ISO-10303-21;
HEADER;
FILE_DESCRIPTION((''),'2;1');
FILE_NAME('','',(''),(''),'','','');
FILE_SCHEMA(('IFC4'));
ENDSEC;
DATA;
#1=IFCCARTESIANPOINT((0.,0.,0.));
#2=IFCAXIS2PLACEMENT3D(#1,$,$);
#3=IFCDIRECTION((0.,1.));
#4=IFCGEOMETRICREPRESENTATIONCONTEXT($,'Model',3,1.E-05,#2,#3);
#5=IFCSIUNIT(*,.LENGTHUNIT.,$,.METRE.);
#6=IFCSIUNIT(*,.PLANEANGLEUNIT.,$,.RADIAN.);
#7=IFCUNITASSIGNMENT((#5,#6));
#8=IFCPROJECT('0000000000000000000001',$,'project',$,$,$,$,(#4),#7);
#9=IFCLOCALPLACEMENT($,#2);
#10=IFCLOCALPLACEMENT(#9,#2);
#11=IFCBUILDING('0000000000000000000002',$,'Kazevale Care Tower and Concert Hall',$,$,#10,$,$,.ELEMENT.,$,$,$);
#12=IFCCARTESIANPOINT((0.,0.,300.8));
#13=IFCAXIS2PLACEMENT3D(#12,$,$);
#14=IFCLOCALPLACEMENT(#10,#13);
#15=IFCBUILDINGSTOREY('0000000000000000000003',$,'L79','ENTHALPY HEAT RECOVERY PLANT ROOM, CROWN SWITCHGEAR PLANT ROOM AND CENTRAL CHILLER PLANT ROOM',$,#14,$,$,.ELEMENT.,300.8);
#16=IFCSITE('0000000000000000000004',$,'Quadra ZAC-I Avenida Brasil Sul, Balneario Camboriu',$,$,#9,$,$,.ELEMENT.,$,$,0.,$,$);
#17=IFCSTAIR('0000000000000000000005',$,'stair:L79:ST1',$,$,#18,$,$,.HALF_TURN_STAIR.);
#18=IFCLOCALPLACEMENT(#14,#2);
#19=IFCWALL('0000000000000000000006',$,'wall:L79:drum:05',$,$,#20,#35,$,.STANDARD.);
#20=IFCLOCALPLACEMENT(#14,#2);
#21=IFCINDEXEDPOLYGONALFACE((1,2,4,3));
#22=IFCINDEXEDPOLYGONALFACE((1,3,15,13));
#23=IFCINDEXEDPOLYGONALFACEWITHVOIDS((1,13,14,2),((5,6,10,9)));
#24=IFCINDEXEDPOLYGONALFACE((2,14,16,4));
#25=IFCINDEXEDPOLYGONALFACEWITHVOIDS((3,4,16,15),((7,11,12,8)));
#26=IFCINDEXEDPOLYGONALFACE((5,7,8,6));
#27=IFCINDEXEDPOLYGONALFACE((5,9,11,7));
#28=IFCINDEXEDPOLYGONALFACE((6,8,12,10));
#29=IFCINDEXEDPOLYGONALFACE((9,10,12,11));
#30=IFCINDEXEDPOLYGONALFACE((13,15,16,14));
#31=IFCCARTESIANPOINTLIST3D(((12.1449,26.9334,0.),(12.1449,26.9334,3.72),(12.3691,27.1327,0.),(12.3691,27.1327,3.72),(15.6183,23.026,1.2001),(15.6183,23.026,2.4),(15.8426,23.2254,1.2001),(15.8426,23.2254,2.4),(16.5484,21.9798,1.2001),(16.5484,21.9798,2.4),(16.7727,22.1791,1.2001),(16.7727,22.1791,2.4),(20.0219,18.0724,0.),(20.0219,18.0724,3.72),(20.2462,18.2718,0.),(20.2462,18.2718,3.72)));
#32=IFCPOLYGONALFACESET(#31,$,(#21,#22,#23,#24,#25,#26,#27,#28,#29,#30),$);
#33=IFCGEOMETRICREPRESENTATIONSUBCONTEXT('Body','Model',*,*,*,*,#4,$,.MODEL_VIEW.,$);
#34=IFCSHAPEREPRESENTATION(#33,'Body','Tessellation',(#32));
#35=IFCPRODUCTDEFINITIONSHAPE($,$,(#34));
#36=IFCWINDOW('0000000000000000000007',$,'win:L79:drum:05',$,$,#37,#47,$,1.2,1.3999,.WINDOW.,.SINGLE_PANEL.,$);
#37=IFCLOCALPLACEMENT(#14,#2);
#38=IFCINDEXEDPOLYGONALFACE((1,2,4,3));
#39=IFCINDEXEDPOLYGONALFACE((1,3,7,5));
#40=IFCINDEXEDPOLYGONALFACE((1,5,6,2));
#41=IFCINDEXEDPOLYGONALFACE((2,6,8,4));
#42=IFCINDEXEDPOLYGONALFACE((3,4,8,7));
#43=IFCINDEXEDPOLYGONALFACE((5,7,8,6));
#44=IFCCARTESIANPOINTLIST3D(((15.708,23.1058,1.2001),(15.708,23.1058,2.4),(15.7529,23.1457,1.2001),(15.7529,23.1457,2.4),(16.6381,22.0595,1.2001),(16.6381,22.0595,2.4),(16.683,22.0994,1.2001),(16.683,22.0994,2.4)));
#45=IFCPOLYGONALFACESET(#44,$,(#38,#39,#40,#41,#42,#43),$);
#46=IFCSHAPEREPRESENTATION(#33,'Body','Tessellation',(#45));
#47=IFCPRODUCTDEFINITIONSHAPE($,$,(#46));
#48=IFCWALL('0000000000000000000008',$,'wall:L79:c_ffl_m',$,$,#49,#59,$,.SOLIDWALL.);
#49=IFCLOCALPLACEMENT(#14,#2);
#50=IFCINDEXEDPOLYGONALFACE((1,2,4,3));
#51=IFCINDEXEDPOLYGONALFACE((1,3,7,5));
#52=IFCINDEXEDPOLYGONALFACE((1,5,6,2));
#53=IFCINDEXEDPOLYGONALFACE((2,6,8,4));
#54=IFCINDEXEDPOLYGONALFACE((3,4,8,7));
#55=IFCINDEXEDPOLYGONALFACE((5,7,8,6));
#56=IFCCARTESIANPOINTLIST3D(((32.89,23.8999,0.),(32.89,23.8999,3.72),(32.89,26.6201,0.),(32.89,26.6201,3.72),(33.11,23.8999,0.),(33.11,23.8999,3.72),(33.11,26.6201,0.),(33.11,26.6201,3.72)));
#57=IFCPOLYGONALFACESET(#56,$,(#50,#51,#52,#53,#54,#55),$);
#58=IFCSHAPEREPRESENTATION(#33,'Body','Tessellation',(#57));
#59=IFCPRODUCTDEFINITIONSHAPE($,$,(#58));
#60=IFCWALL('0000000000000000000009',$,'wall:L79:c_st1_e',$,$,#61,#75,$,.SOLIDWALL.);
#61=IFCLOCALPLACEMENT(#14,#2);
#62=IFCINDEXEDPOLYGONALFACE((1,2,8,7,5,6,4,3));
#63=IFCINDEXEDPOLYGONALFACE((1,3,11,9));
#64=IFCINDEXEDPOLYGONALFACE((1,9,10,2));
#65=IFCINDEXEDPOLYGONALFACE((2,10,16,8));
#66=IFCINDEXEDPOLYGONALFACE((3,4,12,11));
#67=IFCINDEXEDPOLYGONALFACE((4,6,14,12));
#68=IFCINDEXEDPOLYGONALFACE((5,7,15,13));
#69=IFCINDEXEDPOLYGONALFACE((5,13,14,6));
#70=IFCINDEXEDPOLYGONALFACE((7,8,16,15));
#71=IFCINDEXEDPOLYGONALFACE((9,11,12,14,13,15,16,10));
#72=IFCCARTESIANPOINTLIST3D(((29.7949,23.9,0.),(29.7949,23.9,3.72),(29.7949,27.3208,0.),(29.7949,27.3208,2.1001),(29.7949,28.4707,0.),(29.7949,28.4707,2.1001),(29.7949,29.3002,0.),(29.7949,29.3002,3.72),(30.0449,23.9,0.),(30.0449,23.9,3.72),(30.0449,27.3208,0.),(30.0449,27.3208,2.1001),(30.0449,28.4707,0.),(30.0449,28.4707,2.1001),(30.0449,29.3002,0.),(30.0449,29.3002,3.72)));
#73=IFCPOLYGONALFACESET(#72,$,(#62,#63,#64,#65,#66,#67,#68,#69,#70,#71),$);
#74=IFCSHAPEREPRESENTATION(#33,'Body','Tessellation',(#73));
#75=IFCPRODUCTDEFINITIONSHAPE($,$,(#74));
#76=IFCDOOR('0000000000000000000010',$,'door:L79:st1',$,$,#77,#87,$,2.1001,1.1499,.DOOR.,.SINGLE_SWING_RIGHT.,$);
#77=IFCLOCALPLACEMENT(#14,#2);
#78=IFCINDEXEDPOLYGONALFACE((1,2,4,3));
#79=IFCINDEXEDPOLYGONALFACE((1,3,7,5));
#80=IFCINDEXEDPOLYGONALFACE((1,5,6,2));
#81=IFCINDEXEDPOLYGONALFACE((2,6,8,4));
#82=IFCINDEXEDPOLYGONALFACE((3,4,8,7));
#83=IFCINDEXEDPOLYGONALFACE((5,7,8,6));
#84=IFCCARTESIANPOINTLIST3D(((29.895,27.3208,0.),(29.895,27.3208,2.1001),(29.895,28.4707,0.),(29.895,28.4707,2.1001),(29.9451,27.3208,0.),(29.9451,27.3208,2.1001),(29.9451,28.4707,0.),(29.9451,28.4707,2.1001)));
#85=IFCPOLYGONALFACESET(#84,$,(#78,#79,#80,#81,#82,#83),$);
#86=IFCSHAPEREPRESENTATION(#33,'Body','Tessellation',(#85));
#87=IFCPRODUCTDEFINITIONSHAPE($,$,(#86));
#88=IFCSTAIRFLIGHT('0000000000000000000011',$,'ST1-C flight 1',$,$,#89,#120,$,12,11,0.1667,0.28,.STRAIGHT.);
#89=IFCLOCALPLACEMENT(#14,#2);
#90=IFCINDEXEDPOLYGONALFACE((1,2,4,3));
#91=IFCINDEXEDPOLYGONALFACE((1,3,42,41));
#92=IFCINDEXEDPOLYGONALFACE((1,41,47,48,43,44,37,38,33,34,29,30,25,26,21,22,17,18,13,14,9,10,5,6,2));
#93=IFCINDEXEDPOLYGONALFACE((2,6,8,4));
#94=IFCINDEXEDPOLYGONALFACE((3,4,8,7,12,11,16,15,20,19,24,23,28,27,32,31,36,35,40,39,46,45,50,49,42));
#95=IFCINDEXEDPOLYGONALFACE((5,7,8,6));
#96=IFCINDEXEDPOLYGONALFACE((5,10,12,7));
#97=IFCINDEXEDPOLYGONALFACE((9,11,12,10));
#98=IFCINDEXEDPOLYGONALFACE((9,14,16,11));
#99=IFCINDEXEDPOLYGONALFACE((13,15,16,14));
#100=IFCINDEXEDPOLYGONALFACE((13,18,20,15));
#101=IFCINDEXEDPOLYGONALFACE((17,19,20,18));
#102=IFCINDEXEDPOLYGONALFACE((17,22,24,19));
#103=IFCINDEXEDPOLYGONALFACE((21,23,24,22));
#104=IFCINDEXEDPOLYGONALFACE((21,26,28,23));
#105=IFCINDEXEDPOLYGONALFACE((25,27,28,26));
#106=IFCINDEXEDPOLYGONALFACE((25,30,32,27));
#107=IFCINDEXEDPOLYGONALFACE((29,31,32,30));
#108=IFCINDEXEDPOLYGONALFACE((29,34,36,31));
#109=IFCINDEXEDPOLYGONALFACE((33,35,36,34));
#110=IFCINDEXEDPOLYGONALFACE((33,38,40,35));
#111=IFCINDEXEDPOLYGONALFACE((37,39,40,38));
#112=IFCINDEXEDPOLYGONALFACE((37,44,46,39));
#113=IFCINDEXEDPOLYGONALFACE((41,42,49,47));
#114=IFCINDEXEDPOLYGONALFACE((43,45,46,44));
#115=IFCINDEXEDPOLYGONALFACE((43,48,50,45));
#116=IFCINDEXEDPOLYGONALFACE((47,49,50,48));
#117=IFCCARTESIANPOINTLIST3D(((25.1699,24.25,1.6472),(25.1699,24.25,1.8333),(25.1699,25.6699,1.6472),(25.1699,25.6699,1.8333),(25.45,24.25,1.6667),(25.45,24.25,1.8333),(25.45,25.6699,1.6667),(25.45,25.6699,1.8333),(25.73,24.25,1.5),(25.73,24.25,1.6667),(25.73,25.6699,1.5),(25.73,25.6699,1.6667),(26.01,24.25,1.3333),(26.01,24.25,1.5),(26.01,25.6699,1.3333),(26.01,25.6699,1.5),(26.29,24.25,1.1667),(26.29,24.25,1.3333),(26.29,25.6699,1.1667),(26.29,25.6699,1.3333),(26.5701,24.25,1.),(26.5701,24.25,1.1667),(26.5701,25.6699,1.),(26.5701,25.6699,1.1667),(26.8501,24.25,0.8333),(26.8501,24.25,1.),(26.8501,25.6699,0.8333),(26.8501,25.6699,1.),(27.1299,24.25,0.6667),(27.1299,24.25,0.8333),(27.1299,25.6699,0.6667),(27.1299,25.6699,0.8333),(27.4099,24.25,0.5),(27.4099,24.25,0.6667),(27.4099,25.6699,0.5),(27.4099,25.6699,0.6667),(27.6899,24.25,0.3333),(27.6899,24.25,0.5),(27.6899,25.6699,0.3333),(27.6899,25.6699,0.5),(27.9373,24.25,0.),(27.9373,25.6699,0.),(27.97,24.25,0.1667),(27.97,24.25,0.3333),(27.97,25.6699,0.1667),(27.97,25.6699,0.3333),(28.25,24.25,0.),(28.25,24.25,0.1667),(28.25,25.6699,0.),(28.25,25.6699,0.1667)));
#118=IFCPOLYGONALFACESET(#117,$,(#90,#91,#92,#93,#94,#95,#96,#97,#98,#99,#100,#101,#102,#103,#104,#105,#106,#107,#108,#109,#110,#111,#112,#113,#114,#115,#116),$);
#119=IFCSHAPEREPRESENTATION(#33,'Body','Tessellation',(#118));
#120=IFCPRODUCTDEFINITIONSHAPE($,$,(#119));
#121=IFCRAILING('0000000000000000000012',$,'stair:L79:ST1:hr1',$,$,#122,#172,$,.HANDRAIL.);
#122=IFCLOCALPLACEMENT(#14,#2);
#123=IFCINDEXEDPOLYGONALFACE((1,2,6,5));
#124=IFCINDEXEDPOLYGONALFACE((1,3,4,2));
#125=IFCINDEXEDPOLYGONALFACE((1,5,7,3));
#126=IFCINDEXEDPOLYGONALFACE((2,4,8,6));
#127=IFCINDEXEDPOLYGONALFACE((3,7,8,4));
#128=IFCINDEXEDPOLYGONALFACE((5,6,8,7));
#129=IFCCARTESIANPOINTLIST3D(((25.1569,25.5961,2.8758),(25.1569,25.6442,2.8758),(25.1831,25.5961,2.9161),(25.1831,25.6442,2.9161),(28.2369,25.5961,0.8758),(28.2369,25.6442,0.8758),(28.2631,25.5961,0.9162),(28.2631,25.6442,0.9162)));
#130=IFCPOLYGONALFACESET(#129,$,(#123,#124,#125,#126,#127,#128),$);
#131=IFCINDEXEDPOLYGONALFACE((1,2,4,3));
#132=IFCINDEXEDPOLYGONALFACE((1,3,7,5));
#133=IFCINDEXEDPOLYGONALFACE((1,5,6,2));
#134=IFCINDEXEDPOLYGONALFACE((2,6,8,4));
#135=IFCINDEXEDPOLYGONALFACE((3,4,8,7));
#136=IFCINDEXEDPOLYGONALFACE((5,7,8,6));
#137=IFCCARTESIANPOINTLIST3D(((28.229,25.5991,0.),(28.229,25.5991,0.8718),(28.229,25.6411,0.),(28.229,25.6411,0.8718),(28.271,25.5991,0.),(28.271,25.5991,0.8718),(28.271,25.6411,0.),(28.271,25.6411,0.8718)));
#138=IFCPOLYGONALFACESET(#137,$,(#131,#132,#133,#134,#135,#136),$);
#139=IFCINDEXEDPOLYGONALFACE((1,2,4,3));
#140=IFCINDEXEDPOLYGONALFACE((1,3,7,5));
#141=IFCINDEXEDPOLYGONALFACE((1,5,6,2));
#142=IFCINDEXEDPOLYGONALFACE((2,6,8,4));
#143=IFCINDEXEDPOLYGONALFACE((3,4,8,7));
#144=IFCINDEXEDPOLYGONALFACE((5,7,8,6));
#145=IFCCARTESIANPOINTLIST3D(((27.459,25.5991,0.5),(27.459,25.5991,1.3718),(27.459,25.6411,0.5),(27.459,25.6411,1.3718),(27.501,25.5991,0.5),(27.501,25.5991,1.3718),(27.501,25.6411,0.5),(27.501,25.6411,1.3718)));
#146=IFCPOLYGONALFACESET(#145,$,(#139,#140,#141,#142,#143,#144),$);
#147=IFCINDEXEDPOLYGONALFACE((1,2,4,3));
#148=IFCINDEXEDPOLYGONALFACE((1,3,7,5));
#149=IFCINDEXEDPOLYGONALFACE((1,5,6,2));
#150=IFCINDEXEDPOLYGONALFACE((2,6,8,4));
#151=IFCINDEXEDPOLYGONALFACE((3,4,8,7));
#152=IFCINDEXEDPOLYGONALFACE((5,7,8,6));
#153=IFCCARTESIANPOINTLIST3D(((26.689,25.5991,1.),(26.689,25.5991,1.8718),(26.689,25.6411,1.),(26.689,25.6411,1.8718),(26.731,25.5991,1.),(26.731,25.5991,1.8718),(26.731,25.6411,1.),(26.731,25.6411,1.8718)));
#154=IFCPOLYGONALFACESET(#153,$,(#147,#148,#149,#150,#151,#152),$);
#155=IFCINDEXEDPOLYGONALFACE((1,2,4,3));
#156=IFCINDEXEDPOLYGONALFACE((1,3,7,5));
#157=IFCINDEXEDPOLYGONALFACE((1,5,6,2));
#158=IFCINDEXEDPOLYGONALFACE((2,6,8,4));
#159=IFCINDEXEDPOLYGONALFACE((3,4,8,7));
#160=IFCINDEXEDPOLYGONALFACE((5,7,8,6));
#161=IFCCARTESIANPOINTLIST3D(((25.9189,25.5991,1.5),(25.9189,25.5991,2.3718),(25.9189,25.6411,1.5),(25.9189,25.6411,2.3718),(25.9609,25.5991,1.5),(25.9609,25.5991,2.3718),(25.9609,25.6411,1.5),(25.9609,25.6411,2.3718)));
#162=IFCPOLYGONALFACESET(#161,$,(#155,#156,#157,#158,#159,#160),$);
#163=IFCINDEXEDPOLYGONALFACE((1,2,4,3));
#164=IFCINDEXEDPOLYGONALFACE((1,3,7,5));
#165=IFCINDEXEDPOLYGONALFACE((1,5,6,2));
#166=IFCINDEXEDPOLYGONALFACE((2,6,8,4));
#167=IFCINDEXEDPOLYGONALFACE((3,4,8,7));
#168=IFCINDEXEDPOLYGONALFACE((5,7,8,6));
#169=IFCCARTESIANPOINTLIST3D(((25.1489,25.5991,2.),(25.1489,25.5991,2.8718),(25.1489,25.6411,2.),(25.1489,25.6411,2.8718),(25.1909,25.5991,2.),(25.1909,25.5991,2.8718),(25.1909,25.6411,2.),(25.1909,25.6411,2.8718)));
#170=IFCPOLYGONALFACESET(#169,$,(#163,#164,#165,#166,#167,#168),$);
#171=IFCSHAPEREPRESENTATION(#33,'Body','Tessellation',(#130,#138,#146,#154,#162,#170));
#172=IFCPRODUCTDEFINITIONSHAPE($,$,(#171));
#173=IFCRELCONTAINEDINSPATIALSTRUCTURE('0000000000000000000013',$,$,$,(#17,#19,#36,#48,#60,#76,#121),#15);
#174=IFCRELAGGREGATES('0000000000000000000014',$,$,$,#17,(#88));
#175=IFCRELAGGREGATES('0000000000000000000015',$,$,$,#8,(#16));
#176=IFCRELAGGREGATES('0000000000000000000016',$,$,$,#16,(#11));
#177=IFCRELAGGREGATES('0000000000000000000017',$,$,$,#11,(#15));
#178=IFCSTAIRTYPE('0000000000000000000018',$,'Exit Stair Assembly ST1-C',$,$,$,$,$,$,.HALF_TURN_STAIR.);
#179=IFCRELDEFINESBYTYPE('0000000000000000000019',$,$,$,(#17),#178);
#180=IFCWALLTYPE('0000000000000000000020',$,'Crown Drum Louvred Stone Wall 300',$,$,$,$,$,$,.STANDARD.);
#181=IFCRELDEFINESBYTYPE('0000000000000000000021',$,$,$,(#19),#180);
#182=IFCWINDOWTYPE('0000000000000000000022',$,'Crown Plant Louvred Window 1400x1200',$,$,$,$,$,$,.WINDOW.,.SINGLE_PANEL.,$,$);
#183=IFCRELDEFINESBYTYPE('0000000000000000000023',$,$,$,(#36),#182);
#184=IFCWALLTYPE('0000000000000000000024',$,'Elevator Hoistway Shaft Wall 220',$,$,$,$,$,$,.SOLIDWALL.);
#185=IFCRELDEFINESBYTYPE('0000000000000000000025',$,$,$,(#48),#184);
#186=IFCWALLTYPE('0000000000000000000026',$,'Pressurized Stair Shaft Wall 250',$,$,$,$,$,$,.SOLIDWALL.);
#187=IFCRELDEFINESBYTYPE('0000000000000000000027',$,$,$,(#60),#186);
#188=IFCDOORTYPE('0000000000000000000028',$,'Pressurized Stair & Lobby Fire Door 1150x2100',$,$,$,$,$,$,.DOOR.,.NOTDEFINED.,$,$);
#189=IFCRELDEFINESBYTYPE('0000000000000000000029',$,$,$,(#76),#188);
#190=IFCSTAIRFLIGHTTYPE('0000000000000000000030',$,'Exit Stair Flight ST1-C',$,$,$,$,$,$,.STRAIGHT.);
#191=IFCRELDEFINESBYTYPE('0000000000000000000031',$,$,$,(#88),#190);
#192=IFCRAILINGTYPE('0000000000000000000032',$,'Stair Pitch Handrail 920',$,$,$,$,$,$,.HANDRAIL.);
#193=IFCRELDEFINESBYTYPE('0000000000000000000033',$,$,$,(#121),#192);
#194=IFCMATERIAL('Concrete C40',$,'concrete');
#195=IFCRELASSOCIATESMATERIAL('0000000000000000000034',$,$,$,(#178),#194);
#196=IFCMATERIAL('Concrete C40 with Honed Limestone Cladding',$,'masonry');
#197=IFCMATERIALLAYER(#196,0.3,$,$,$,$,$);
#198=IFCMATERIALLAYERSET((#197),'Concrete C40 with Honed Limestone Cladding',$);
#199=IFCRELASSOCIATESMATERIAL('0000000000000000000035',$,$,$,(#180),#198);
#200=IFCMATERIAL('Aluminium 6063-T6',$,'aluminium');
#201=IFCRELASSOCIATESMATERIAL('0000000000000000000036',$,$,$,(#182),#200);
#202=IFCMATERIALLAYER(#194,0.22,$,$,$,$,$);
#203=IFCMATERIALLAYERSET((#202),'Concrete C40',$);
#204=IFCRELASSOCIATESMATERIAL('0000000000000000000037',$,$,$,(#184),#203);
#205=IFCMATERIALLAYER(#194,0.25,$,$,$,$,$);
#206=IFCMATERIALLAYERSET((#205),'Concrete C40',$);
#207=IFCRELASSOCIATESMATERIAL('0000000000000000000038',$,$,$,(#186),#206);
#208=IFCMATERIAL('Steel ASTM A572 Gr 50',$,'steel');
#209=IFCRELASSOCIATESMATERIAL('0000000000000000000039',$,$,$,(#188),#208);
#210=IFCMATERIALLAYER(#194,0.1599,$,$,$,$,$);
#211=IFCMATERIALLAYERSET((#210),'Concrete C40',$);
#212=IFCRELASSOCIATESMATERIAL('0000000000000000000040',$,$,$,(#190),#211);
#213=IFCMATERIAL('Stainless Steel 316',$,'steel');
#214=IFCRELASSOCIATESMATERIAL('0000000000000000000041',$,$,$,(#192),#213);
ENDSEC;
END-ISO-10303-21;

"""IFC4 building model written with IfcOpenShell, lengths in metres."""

from ifc_helpers import new_model, si_unit, direction, frame, frame_2d, origin, origin_2d, place, context, subcontext, project, spatial, polyline, rectangle, outline, extrude, material, layer, layer_set, type_object, element, fill, aggregate, save


model = new_model("IFC4")

# Units and contexts
model_context = context("Model", 3, precision=1e-05, world=origin(), true_north=direction((0.0, 1.0)))
body_context = subcontext(model_context, "Body", "Model", "MODEL_VIEW")
ifc_project = project(units=[si_unit("LENGTHUNIT", "METRE"), si_unit("PLANEANGLEUNIT", "RADIAN")], contexts=[model_context])

# Site, building, storey
site_placement = place(None, origin())
site = spatial("IfcSite", under=ifc_project, at=site_placement, Name="Quadra ZAC-I Avenida Brasil Sul, Balneario Camboriu", CompositionType="ELEMENT", RefElevation=0.0)
building_placement = place(site_placement, origin())
building = spatial("IfcBuilding", under=site, at=building_placement, Name="Kazevale Care Tower and Concert Hall", CompositionType="ELEMENT")
storey_placement = place(building_placement, frame((0.0, 0.0, 300.8)))
storey = spatial("IfcBuildingStorey", under=building, at=storey_placement, Name="L79", Description="ENTHALPY HEAT RECOVERY PLANT ROOM, CROWN SWITCHGEAR PLANT ROOM AND CENTRAL CHILLER PLANT ROOM", CompositionType="ELEMENT", Elevation=300.8)

# Shared definitions
ifc_material_1 = material(Name="Steel ASTM A572 Gr 50", Category="steel")

# Shared definitions
ifc_material_2 = material(Name="Concrete C40", Category="concrete")

# Stair
stair_type = type_object("IfcStairType", Name="Exit Stair Assembly ST1-C", PredefinedType="HALF_TURN_STAIR", material=ifc_material_2)
stair_1_placement = place(storey_placement, origin())
stair_1 = element("IfcStair", 1, at=stair_1_placement, inside=storey, type_object=stair_type, Name="stair:L79:ST1", PredefinedType="HALF_TURN_STAIR")

# Shared definitions
ifc_material_3 = material(Name="Concrete C40 with Honed Limestone Cladding", Category="masonry")
ifc_layer_1 = layer(ifc_material_3, 0.3)
ifc_layer_set_1 = layer_set([ifc_layer_1], Name="Concrete C40 with Honed Limestone Cladding")
wall_type_1 = type_object("IfcWallType", Name="Crown Drum Louvred Stone Wall 300", PredefinedType="STANDARD", material=ifc_layer_set_1)

# Wall, opening, window
wall_1_placement = place(storey_placement, frame((20.134, 18.1721, 0.0), z_axis=(0.0, 0.0, 1.0), x_axis=(-0.664395, 0.747382, 0.0)))
wall_1 = element("IfcWall", 2, at=wall_1_placement, inside=storey, type_object=wall_type_1, Name="wall:L79:drum:05", PredefinedType="STANDARD", context=body_context, shape_type="SweptSolid", body=[
    extrude(rectangle(XDim=11.856, YDim=0.3, at=frame_2d((5.928, 0.0))), origin(), (0.0, 0.0, 1.0), 3.72),
])
opening_1_placement = place(wall_1_placement, frame((5.228, 0.0, 1.2)))
opening_1 = element("IfcOpeningElement", 3, at=opening_1_placement, cuts=wall_1, PredefinedType="OPENING", context=body_context, shape_type="SweptSolid", body=[
    extrude(rectangle(XDim=1.3999, YDim=1.2, at=frame_2d((0.7, 0.6001))), frame((0.0, 0.1599, 0.0), z_axis=(0.0, -1.0, 0.0), x_axis=(1.0, 0.0, 0.0)), (0.0, 0.0, 1.0), 0.3201),
])
ifc_material_4 = material(Name="Aluminium 6063-T6", Category="aluminium")
window_type = type_object("IfcWindowType", Name="Crown Plant Louvred Window 1400x1200", PartitioningType="SINGLE_PANEL", PredefinedType="WINDOW", material=ifc_material_4)
window_placement = place(opening_1_placement, origin())
window = element("IfcWindow", 4, at=window_placement, inside=storey, type_object=window_type, Name="win:L79:drum:05", OverallHeight=1.2, OverallWidth=1.3999, PartitioningType="SINGLE_PANEL", PredefinedType="WINDOW", context=body_context, shape_type="SweptSolid", body=[
    extrude(rectangle(XDim=1.3999, YDim=1.2, at=frame_2d((0.7, 0.6001))), frame((0.0, 0.03, 0.0), z_axis=(0.0, -1.0, 0.0), x_axis=(1.0, 0.0, 0.0)), (0.0, 0.0, 1.0), 0.0601),
])
fill(opening_1, window)

# Wall
ifc_layer_2 = layer(ifc_material_2, 0.22)
ifc_layer_set_2 = layer_set([ifc_layer_2], Name="Concrete C40")
wall_type_2 = type_object("IfcWallType", Name="Elevator Hoistway Shaft Wall 220", PredefinedType="SOLIDWALL", material=ifc_layer_set_2)
wall_2_placement = place(storey_placement, frame((33.0, 23.8999, 0.0), z_axis=(0.0, 0.0, 1.0), x_axis=(0.0, 1.0, 0.0)))
element("IfcWall", 5, at=wall_2_placement, inside=storey, type_object=wall_type_2, Name="wall:L79:c_ffl_m", PredefinedType="SOLIDWALL", context=body_context, shape_type="SweptSolid", body=[
    extrude(rectangle(XDim=2.7202, YDim=0.22, at=frame_2d((1.3601, 0.0))), origin(), (0.0, 0.0, 1.0), 3.72),
])

# Wall, opening, door
ifc_layer_3 = layer(ifc_material_2, 0.25)
ifc_layer_set_3 = layer_set([ifc_layer_3], Name="Concrete C40")
wall_type_3 = type_object("IfcWallType", Name="Pressurized Stair Shaft Wall 250", PredefinedType="SOLIDWALL", material=ifc_layer_set_3)
wall_3_placement = place(storey_placement, frame((29.9199, 23.8999, 0.0), z_axis=(0.0, 0.0, 1.0), x_axis=(0.0, 1.0, 0.0)))
wall_3 = element("IfcWall", 6, at=wall_3_placement, inside=storey, type_object=wall_type_3, Name="wall:L79:c_st1_e", PredefinedType="SOLIDWALL", context=body_context, shape_type="SweptSolid", body=[
    extrude(rectangle(XDim=5.4001, YDim=0.25, at=frame_2d((2.7002, 0.0))), origin(), (0.0, 0.0, 1.0), 3.72),
])
opening_2_placement = place(wall_3_placement, frame((3.4209, 0.0, 0.0)))
opening_2 = element("IfcOpeningElement", 7, at=opening_2_placement, cuts=wall_3, PredefinedType="OPENING", context=body_context, shape_type="SweptSolid", body=[
    extrude(rectangle(XDim=1.1499, YDim=2.1001, at=frame_2d((0.575, 1.05))), frame((0.0, 0.135, 0.0), z_axis=(0.0, -1.0, 0.0), x_axis=(1.0, 0.0, 0.0)), (0.0, 0.0, 1.0), 0.27),
])
door_type = type_object("IfcDoorType", Name="Pressurized Stair & Lobby Fire Door 1150x2100", OperationType="NOTDEFINED", PredefinedType="DOOR", material=ifc_material_1)
door_placement = place(opening_2_placement, origin())
door = element("IfcDoor", 8, at=door_placement, inside=storey, type_object=door_type, Name="door:L79:st1", OperationType="SINGLE_SWING_RIGHT", OverallHeight=2.1001, OverallWidth=1.1499, PredefinedType="DOOR", context=body_context, shape_type="SweptSolid", body=[
    extrude(rectangle(XDim=1.1499, YDim=2.1001, at=frame_2d((0.575, 1.05))), frame((0.0, 0.0249, 0.0), z_axis=(0.0, -1.0, 0.0), x_axis=(1.0, 0.0, 0.0)), (0.0, 0.0, 1.0), 0.05),
])
fill(opening_2, door)

# Stair flight
ifc_layer_4 = layer(ifc_material_2, 0.1599)
ifc_layer_set_4 = layer_set([ifc_layer_4], Name="Concrete C40")
stair_flight_type = type_object("IfcStairFlightType", Name="Exit Stair Flight ST1-C", PredefinedType="STRAIGHT", material=ifc_layer_set_4)
stair_flight_placement = place(storey_placement, frame((28.25, 24.96, 0.0), z_axis=(0.0, 0.0, 1.0), x_axis=(-1.0, 0.0, 0.0)))
stair_flight = element("IfcStairFlight", 9, at=stair_flight_placement, type_object=stair_flight_type, Name="ST1-C flight 1", NumberOfRisers=12, NumberOfTreads=11, PredefinedType="STRAIGHT", RiserHeight=0.1667, TreadLength=0.28, context=body_context, shape_type="SweptSolid", body=[
    extrude(outline(polyline([(0.0, 0.0), (0.0, 0.1667), (0.28, 0.1667), (0.28, 0.3333), (0.5601, 0.3333), (0.5601, 0.5), (0.8401, 0.5), (0.8401, 0.6667), (1.1201, 0.6667), (1.1201, 0.8333), (1.3999, 0.8333), (1.3999, 1.0), (1.6799, 1.0), (1.6799, 1.1667), (1.96, 1.1667), (1.96, 1.3333), (2.24, 1.3333), (2.24, 1.5), (2.52, 1.5), (2.52, 1.6667), (2.8, 1.6667), (2.8, 1.8333), (3.0801, 1.8333), (3.0801, 2.0), (3.0801, 1.6472), (0.3127, 0.0), (0.0, 0.0)])), frame((0.0, 0.71, 0.0), z_axis=(0.0, -1.0, 0.0), x_axis=(1.0, 0.0, 0.0)), (0.0, 0.0, 1.0), 1.4199),
])
aggregate(stair_1, [stair_flight])

# Railing
ifc_material_5 = material(Name="Stainless Steel 316", Category="steel")
railing_type_1 = type_object("IfcRailingType", Name="Stair Pitch Handrail 920", PredefinedType="HANDRAIL", material=ifc_material_5)
railing_1_placement = place(storey_placement, frame((28.25, 25.6201, 0.0)))
element("IfcRailing", 10, at=railing_1_placement, inside=storey, type_object=railing_type_1, Name="stair:L79:ST1:hr1", PredefinedType="HANDRAIL", context=body_context, shape_type="SweptSolid", body=[
    extrude(rectangle(XDim=0.0481, YDim=0.0481, at=origin_2d()), frame((0.0, 0.0, 0.896), z_axis=(-0.838699, 0.0, 0.544596), x_axis=(0.0, -1.0, 0.0)), (0.0, 0.0, 1.0), 3.6724),
    extrude(rectangle(XDim=0.042, YDim=0.042, at=origin_2d()), origin(), (0.0, 0.0, 1.0), 0.8718),
    extrude(rectangle(XDim=0.042, YDim=0.042, at=origin_2d()), frame((-0.77, 0.0, 0.5)), (0.0, 0.0, 1.0), 0.8718),
    extrude(rectangle(XDim=0.042, YDim=0.042, at=origin_2d()), frame((-1.54, 0.0, 1.0)), (0.0, 0.0, 1.0), 0.8718),
    extrude(rectangle(XDim=0.042, YDim=0.042, at=origin_2d()), frame((-2.3101, 0.0, 1.5)), (0.0, 0.0, 1.0), 0.8718),
    extrude(rectangle(XDim=0.042, YDim=0.042, at=origin_2d()), frame((-3.0801, 0.0, 2.0)), (0.0, 0.0, 1.0), 0.8718),
])

save(model, "model.ifc")
